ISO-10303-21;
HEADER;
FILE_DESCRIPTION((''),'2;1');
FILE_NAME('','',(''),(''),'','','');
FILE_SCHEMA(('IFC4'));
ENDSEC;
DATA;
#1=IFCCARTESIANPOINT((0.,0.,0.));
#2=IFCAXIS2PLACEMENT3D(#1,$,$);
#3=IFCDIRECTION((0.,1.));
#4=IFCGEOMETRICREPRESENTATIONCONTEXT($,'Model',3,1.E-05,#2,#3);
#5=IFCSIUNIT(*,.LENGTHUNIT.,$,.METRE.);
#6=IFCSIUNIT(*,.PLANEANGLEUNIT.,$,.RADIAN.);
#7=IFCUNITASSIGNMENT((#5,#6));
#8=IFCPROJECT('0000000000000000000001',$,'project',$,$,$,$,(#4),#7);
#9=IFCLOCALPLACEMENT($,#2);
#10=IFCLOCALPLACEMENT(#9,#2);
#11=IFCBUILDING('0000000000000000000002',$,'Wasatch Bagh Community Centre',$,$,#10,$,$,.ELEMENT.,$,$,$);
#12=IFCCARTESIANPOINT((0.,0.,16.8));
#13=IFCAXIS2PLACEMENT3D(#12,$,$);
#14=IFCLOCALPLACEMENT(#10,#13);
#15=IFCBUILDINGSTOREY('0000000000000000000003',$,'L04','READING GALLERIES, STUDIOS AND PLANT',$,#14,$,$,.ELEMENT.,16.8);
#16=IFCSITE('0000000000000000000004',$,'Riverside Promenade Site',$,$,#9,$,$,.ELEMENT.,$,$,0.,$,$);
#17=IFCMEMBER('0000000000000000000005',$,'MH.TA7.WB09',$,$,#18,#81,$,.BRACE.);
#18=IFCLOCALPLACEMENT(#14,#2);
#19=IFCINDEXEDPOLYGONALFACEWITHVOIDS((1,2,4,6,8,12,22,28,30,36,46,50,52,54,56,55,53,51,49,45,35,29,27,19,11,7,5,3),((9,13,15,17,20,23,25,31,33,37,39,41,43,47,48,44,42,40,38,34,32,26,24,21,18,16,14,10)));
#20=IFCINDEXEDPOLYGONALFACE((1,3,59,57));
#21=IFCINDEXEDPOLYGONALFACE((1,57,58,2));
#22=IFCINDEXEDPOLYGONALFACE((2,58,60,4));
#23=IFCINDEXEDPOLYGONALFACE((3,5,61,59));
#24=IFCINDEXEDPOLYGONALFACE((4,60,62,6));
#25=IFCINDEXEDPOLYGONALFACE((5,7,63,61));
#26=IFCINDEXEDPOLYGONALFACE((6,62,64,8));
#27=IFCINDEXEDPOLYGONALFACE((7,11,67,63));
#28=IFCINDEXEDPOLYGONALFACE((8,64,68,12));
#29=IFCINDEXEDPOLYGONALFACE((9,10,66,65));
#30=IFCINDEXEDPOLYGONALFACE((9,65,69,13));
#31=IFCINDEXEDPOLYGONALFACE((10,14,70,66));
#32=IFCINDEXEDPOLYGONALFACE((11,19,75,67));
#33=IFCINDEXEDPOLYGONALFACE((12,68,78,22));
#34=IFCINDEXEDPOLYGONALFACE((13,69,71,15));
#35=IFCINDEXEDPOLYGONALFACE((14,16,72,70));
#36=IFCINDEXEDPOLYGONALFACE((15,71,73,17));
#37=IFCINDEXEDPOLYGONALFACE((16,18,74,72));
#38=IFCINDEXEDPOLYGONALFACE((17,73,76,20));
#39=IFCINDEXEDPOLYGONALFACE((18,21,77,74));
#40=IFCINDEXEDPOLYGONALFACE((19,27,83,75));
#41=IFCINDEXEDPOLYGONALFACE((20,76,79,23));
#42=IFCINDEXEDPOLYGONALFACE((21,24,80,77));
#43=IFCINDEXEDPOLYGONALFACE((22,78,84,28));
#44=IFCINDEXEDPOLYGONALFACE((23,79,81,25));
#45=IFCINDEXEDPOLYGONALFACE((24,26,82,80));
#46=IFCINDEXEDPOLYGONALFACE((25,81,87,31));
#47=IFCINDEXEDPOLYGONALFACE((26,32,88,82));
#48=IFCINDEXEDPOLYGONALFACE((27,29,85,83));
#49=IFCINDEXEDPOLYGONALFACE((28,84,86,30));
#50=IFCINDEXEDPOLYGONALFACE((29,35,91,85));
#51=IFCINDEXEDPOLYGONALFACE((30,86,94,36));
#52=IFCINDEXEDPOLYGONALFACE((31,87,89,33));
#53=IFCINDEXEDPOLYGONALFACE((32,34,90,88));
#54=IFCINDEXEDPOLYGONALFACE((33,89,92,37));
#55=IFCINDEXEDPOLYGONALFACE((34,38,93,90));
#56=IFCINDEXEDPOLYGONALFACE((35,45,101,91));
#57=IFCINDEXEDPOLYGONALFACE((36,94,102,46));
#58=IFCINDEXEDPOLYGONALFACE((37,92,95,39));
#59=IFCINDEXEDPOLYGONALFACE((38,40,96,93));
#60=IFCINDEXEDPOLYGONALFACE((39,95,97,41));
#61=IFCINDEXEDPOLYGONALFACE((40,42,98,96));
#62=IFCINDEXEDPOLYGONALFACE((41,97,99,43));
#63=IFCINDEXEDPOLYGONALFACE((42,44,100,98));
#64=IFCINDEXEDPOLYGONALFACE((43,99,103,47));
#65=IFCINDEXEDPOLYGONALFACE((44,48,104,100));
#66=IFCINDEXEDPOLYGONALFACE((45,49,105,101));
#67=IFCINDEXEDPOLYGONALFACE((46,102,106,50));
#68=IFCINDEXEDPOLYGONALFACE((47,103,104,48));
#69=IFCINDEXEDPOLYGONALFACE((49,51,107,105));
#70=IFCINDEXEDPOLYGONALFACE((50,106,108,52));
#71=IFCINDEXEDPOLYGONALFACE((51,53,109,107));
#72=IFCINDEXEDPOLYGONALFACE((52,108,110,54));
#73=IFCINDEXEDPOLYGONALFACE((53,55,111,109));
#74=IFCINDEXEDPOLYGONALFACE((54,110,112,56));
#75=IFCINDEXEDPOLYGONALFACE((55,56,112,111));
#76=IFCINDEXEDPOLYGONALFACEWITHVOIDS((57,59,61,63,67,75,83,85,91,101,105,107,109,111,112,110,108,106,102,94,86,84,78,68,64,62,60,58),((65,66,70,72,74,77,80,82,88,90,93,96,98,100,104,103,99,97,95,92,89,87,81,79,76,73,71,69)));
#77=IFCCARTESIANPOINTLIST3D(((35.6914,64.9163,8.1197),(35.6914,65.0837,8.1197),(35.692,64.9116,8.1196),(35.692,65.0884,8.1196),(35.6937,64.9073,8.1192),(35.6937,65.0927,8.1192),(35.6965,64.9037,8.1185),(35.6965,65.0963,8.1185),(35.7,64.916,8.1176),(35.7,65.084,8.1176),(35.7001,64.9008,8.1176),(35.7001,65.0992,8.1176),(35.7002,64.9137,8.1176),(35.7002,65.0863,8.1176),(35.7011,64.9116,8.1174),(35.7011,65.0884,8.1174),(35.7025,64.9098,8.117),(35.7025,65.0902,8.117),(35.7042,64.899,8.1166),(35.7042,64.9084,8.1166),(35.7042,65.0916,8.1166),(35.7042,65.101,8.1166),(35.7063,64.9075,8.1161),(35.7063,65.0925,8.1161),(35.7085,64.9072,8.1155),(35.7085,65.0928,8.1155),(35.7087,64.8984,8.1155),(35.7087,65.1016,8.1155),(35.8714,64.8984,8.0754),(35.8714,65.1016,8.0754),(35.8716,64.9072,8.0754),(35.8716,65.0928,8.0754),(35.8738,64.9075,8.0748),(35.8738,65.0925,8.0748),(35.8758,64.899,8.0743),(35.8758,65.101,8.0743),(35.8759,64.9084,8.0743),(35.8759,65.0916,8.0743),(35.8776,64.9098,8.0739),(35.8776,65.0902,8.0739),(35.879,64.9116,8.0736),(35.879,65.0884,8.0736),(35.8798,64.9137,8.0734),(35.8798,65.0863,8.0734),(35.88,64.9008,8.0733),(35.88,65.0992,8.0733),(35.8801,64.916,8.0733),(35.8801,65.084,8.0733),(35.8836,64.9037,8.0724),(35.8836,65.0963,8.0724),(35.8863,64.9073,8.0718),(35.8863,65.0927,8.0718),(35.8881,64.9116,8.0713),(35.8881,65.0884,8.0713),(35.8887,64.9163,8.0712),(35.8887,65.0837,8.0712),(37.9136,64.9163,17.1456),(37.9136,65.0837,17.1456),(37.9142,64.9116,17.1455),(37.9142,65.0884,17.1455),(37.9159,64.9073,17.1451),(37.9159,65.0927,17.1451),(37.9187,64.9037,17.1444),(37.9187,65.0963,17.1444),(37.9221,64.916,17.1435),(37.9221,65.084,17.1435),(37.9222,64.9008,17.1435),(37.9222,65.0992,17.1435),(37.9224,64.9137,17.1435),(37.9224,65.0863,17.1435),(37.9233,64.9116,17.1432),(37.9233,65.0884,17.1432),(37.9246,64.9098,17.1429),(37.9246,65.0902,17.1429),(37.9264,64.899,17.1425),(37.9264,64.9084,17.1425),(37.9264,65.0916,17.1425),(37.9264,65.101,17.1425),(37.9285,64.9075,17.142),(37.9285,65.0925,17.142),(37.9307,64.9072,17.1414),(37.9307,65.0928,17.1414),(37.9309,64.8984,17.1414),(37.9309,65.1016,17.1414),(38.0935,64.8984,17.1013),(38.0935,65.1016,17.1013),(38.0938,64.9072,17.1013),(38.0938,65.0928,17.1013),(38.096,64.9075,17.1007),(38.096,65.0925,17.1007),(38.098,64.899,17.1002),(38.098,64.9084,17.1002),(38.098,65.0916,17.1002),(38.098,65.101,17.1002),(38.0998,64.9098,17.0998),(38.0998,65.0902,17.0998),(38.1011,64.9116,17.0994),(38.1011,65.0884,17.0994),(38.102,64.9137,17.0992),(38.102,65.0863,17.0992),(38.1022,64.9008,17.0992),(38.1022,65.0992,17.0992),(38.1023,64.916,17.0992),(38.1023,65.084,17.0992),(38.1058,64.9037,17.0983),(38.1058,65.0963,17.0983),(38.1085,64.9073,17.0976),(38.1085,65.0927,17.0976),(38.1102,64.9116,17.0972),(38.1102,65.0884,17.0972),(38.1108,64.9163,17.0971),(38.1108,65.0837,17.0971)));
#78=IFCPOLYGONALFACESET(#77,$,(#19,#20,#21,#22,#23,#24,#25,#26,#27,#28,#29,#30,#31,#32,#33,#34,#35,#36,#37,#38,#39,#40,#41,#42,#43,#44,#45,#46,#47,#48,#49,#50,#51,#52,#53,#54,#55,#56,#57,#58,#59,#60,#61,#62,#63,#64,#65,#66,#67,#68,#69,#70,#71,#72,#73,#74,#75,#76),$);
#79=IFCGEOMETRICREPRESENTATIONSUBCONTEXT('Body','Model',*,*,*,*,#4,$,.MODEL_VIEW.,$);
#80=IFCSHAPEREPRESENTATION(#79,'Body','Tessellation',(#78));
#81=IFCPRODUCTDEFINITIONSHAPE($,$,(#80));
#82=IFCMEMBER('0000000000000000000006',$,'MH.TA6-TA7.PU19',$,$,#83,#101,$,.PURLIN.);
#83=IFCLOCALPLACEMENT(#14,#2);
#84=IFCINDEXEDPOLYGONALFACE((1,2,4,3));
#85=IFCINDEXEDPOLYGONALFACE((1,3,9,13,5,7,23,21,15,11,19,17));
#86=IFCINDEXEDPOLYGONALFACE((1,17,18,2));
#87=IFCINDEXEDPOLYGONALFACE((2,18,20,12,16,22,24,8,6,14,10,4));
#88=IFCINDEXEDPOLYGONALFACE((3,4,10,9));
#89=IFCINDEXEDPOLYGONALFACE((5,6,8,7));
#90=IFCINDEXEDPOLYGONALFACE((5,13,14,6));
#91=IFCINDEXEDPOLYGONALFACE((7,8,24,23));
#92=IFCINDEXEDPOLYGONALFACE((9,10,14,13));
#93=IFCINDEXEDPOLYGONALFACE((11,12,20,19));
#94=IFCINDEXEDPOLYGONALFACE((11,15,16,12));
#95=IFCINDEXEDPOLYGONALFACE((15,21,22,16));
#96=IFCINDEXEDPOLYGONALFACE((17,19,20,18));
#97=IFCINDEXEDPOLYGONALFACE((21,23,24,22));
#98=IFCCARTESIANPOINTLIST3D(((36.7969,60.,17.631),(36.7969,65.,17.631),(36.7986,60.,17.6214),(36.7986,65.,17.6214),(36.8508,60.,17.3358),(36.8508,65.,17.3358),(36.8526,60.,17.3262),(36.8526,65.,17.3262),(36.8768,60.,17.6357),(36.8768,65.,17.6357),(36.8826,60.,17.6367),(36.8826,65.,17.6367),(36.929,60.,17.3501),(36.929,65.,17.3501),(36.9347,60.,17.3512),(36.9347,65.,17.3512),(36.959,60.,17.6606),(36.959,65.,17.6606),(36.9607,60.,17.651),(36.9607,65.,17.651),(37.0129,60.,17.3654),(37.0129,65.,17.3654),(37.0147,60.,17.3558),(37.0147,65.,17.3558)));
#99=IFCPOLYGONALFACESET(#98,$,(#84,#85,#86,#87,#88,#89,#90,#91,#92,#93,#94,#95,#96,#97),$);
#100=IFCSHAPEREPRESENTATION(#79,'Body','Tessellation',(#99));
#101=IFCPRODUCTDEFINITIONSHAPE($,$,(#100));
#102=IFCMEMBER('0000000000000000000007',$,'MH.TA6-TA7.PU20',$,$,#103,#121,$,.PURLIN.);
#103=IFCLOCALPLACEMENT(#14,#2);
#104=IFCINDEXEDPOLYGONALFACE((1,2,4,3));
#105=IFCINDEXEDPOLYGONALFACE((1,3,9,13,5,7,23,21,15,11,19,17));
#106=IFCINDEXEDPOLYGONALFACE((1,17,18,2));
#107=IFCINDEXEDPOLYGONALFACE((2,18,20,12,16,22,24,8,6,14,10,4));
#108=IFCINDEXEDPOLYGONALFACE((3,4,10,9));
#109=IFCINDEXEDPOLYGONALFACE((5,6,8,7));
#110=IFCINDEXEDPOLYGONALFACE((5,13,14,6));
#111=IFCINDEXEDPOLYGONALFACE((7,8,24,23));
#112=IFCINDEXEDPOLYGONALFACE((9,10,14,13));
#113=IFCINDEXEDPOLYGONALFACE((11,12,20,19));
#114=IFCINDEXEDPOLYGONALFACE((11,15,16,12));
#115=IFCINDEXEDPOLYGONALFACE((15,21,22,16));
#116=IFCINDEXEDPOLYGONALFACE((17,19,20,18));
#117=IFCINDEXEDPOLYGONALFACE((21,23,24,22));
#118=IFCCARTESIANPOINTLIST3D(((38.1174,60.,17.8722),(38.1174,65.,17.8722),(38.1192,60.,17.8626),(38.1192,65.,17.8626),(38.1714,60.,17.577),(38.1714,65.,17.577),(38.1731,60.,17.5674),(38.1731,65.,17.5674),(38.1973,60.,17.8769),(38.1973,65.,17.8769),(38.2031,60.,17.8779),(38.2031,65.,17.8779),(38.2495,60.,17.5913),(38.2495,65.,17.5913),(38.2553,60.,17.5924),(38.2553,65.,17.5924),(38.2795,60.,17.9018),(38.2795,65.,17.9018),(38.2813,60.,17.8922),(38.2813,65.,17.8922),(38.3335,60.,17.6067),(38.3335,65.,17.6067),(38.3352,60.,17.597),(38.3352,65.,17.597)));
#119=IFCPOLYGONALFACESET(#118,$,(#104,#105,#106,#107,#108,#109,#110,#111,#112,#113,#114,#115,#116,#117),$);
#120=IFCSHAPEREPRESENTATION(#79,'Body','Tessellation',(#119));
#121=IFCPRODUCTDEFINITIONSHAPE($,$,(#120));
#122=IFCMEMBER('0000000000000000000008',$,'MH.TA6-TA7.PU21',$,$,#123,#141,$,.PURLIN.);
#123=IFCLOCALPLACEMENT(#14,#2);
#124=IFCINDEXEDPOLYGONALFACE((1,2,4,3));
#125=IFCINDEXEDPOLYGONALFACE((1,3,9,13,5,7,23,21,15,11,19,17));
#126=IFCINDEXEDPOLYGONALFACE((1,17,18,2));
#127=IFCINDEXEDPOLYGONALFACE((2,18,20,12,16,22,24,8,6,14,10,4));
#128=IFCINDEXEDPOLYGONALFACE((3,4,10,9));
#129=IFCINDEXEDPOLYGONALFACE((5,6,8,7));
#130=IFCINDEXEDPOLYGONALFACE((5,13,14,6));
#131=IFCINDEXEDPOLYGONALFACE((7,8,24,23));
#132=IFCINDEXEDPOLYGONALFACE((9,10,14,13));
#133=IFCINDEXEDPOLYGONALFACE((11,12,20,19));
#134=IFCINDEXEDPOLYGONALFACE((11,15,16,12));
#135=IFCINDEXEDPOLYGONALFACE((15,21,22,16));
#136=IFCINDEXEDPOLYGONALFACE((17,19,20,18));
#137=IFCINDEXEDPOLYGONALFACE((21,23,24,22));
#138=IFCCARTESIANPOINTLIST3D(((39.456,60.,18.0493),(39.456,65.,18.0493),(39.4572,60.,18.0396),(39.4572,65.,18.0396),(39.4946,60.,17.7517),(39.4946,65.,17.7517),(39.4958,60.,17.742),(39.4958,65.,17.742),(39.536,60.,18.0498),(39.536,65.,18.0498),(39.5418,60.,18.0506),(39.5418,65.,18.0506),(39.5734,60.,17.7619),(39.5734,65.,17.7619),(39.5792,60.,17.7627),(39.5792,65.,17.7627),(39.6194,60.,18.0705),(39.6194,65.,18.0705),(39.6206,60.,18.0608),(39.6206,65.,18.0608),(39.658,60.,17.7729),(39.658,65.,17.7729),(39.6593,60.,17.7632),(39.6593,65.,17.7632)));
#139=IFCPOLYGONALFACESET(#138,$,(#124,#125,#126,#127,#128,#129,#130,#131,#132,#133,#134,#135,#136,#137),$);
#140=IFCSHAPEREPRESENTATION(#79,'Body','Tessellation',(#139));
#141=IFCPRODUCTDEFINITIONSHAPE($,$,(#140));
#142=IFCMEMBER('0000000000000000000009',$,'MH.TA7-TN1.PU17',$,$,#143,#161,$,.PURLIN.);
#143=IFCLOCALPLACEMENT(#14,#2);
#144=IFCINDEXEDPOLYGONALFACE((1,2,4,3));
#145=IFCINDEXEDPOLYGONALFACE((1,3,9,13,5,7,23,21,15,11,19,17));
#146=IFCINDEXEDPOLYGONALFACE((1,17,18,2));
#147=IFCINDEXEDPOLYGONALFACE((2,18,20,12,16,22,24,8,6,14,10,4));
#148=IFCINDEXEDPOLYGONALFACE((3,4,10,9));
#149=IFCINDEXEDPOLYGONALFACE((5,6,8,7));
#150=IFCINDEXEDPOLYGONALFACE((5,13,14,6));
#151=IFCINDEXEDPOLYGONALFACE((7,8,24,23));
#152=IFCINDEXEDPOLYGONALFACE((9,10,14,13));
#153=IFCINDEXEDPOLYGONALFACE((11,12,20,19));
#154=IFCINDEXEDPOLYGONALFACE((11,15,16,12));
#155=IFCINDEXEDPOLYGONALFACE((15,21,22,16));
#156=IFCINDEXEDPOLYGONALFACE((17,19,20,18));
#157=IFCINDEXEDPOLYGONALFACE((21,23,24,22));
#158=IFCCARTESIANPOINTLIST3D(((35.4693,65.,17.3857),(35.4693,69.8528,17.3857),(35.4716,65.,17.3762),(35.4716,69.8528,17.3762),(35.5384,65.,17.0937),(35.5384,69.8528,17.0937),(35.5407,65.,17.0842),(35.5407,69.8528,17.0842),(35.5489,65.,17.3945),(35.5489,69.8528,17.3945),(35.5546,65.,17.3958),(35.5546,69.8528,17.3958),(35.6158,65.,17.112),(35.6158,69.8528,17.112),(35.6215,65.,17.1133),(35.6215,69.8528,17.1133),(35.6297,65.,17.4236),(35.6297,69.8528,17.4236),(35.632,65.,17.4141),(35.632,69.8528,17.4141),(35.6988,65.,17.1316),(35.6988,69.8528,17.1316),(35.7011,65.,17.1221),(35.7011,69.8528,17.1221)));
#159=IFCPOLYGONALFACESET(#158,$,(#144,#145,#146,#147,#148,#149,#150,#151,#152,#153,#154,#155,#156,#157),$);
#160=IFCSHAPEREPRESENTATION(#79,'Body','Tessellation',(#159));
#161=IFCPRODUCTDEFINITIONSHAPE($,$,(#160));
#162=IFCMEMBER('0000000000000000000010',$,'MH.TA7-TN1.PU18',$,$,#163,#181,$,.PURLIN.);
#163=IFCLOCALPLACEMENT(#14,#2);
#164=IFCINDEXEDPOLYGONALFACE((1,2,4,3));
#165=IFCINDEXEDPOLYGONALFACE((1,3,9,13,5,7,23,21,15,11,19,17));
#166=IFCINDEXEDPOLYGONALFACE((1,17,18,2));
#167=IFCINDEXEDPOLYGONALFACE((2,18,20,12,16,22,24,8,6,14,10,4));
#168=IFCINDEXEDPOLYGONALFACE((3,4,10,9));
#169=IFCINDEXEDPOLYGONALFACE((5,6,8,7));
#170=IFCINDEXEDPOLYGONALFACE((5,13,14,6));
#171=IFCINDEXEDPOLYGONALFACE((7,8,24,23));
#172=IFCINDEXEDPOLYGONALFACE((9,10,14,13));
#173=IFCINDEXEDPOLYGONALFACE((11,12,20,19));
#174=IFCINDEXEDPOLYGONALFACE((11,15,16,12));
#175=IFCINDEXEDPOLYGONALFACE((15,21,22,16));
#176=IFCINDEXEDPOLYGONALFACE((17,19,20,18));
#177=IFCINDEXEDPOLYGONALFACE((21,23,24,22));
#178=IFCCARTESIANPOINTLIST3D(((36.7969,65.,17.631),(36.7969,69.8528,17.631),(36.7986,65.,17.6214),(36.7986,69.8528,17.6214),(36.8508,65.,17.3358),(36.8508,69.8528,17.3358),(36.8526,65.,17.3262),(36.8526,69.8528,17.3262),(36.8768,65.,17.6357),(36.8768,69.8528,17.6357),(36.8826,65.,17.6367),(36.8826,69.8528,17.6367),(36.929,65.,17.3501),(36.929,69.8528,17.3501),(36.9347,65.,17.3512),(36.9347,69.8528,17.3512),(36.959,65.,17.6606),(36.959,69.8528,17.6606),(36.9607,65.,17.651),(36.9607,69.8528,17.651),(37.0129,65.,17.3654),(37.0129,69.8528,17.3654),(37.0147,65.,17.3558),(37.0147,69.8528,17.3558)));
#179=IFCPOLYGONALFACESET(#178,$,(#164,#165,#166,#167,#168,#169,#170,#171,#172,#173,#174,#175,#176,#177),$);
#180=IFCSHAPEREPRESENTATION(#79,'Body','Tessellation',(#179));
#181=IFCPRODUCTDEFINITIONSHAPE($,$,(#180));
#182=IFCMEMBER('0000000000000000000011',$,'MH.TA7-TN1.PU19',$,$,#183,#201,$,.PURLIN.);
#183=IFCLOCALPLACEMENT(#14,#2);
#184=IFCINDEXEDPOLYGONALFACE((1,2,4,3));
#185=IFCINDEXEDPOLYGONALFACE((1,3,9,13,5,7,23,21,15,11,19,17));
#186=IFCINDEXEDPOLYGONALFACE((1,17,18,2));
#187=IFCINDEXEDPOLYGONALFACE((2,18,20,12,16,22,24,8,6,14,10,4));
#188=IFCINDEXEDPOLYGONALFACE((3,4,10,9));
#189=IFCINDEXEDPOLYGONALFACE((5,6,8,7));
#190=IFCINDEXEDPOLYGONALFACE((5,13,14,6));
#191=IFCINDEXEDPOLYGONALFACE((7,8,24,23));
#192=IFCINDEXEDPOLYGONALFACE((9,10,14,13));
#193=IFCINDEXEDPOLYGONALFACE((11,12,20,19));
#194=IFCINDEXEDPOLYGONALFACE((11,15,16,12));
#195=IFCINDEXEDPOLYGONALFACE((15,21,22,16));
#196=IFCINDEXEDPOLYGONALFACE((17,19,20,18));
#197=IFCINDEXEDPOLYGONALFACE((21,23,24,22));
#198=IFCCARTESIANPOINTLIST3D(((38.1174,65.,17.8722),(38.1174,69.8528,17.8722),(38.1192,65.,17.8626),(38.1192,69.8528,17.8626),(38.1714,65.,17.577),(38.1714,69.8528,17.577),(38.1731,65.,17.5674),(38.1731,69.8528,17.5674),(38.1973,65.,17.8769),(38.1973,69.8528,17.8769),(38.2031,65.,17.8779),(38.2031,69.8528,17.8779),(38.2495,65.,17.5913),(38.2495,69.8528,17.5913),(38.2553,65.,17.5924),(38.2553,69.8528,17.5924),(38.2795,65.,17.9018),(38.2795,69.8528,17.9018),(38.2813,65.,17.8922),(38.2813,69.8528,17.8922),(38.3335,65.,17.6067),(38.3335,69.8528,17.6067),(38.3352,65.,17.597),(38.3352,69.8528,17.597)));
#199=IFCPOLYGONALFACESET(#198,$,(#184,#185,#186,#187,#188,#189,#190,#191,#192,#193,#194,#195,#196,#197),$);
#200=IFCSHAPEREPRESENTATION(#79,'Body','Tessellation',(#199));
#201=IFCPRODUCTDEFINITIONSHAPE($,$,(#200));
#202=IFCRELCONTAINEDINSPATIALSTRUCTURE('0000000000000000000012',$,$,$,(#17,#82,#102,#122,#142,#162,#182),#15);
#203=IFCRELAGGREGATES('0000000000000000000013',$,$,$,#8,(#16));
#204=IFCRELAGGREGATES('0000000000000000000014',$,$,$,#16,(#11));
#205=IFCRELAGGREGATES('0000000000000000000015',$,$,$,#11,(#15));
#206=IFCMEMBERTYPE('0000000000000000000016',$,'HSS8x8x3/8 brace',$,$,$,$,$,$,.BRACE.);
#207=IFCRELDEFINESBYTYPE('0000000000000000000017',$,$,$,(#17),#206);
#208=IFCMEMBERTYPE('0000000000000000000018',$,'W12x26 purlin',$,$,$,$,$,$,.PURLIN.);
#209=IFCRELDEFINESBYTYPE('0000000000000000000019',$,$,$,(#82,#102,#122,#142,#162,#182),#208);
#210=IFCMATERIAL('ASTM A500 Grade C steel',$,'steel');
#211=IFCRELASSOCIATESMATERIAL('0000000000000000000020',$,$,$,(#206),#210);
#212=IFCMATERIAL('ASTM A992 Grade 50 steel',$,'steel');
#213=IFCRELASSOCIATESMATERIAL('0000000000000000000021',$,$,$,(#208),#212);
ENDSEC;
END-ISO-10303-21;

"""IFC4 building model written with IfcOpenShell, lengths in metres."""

from ifc_helpers import new_model, si_unit, direction, frame, origin, origin_2d, place, context, subcontext, project, spatial, hollow_rectangle, i_section, extrude, material, material_profile, profile_set, type_object, element, save


model = new_model("IFC4")

# Units and contexts
model_context = context("Model", 3, precision=1e-05, world=origin(), true_north=direction((0.0, 1.0)))
body_context = subcontext(model_context, "Body", "Model", "MODEL_VIEW")
ifc_project = project(units=[si_unit("LENGTHUNIT", "METRE"), si_unit("PLANEANGLEUNIT", "RADIAN")], contexts=[model_context])

# Site, building, storey
site_placement = place(None, origin())
site = spatial("IfcSite", under=ifc_project, at=site_placement, Name="Riverside Promenade Site", CompositionType="ELEMENT", RefElevation=0.0)
building_placement = place(site_placement, origin())
building = spatial("IfcBuilding", under=site, at=building_placement, Name="Wasatch Bagh Community Centre", CompositionType="ELEMENT")
storey_placement = place(building_placement, frame((0.0, 0.0, 16.8)))
storey = spatial("IfcBuildingStorey", under=building, at=storey_placement, Name="L04", Description="READING GALLERIES, STUDIOS AND PLANT", CompositionType="ELEMENT", Elevation=16.8)

# Members
ifc_material_1 = material(Name="ASTM A500 Grade C steel", Category="steel")
ifc_material_profile_1 = material_profile(ifc_material_1, hollow_rectangle(XDim=0.2031, YDim=0.2031, WallThickness=0.0088, InnerFilletRadius=0.0088, OuterFilletRadius=0.0178, at=origin_2d()), Name="HSS8x8x3/8")
ifc_profile_set_1 = profile_set([ifc_material_profile_1], Name="ASTM A500 Grade C steel")
member_type_1 = type_object("IfcMemberType", Name="HSS8x8x3/8 brace", PredefinedType="BRACE", material=ifc_profile_set_1)
member_1_placement = place(storey_placement, frame((35.79, 65.0, 8.0955), z_axis=(0.239061, 0.0, 0.971005), x_axis=(0.0, 1.0, 0.0)))
element("IfcMember", 1, at=member_1_placement, inside=storey, type_object=member_type_1, Name="MH.TA7.WB09", PredefinedType="BRACE", context=body_context, shape_type="SweptSolid", body=[
    extrude(hollow_rectangle(XDim=0.2031, YDim=0.2031, WallThickness=0.0088, InnerFilletRadius=0.0088, OuterFilletRadius=0.0178, at=origin_2d()), origin(), (0.0, 0.0, 1.0), 9.2954),
])
ifc_material_2 = material(Name="ASTM A992 Grade 50 steel", Category="steel")
ifc_material_profile_2 = material_profile(ifc_material_2, i_section(OverallWidth=0.1648, OverallDepth=0.3098, WebThickness=0.0059, FlangeThickness=0.0098, at=origin_2d()), Name="W12x26")
ifc_profile_set_2 = profile_set([ifc_material_profile_2], Name="ASTM A992 Grade 50 steel")
member_type_2 = type_object("IfcMemberType", Name="W12x26 purlin", PredefinedType="PURLIN", material=ifc_profile_set_2)
for number, where, z_axis, x_axis, name in (
    (2, (36.9058, 60.0, 17.4934), (0.0, 1.0, 0.0), (-0.983711, 0.0, -0.179756), "MH.TA6-TA7.PU19"),
    (3, (38.2263, 60.0, 17.7346), (0.0, 1.0, 0.0), (-0.983711, 0.0, -0.179756), "MH.TA6-TA7.PU20"),
    (4, (39.5576, 60.0, 17.9062), (0.0, 1.0, 0.0), (-0.991678, 0.0, -0.12874), "MH.TA6-TA7.PU21"),
):
    element("IfcMember", number, at=place(storey_placement, frame(where, z_axis=z_axis, x_axis=x_axis)), inside=storey, type_object=member_type_2, Name=name, PredefinedType="PURLIN", context=body_context, shape_type="SweptSolid", body=[
        extrude(i_section(OverallWidth=0.1648, OverallDepth=0.3098, WebThickness=0.0059, FlangeThickness=0.0098, at=origin_2d()), origin(), (0.0, 0.0, 1.0), 5.0),
    ])
for number, where, z_axis, x_axis, name in (
    (5, (35.5852, 65.0, 17.2539), (0.0, 1.0, 0.0), (-0.973122, 0.0, -0.230292), "MH.TA7-TN1.PU17"),
    (6, (36.9058, 65.0, 17.4934), (0.0, 1.0, 0.0), (-0.983711, 0.0, -0.179756), "MH.TA7-TN1.PU18"),
    (7, (38.2263, 65.0, 17.7346), (0.0, 1.0, 0.0), (-0.983711, 0.0, -0.179756), "MH.TA7-TN1.PU19"),
):
    element("IfcMember", number, at=place(storey_placement, frame(where, z_axis=z_axis, x_axis=x_axis)), inside=storey, type_object=member_type_2, Name=name, PredefinedType="PURLIN", context=body_context, shape_type="SweptSolid", body=[
        extrude(i_section(OverallWidth=0.1648, OverallDepth=0.3098, WebThickness=0.0059, FlangeThickness=0.0098, at=origin_2d()), origin(), (0.0, 0.0, 1.0), 4.8528),
    ])

save(model, "model.ifc")
